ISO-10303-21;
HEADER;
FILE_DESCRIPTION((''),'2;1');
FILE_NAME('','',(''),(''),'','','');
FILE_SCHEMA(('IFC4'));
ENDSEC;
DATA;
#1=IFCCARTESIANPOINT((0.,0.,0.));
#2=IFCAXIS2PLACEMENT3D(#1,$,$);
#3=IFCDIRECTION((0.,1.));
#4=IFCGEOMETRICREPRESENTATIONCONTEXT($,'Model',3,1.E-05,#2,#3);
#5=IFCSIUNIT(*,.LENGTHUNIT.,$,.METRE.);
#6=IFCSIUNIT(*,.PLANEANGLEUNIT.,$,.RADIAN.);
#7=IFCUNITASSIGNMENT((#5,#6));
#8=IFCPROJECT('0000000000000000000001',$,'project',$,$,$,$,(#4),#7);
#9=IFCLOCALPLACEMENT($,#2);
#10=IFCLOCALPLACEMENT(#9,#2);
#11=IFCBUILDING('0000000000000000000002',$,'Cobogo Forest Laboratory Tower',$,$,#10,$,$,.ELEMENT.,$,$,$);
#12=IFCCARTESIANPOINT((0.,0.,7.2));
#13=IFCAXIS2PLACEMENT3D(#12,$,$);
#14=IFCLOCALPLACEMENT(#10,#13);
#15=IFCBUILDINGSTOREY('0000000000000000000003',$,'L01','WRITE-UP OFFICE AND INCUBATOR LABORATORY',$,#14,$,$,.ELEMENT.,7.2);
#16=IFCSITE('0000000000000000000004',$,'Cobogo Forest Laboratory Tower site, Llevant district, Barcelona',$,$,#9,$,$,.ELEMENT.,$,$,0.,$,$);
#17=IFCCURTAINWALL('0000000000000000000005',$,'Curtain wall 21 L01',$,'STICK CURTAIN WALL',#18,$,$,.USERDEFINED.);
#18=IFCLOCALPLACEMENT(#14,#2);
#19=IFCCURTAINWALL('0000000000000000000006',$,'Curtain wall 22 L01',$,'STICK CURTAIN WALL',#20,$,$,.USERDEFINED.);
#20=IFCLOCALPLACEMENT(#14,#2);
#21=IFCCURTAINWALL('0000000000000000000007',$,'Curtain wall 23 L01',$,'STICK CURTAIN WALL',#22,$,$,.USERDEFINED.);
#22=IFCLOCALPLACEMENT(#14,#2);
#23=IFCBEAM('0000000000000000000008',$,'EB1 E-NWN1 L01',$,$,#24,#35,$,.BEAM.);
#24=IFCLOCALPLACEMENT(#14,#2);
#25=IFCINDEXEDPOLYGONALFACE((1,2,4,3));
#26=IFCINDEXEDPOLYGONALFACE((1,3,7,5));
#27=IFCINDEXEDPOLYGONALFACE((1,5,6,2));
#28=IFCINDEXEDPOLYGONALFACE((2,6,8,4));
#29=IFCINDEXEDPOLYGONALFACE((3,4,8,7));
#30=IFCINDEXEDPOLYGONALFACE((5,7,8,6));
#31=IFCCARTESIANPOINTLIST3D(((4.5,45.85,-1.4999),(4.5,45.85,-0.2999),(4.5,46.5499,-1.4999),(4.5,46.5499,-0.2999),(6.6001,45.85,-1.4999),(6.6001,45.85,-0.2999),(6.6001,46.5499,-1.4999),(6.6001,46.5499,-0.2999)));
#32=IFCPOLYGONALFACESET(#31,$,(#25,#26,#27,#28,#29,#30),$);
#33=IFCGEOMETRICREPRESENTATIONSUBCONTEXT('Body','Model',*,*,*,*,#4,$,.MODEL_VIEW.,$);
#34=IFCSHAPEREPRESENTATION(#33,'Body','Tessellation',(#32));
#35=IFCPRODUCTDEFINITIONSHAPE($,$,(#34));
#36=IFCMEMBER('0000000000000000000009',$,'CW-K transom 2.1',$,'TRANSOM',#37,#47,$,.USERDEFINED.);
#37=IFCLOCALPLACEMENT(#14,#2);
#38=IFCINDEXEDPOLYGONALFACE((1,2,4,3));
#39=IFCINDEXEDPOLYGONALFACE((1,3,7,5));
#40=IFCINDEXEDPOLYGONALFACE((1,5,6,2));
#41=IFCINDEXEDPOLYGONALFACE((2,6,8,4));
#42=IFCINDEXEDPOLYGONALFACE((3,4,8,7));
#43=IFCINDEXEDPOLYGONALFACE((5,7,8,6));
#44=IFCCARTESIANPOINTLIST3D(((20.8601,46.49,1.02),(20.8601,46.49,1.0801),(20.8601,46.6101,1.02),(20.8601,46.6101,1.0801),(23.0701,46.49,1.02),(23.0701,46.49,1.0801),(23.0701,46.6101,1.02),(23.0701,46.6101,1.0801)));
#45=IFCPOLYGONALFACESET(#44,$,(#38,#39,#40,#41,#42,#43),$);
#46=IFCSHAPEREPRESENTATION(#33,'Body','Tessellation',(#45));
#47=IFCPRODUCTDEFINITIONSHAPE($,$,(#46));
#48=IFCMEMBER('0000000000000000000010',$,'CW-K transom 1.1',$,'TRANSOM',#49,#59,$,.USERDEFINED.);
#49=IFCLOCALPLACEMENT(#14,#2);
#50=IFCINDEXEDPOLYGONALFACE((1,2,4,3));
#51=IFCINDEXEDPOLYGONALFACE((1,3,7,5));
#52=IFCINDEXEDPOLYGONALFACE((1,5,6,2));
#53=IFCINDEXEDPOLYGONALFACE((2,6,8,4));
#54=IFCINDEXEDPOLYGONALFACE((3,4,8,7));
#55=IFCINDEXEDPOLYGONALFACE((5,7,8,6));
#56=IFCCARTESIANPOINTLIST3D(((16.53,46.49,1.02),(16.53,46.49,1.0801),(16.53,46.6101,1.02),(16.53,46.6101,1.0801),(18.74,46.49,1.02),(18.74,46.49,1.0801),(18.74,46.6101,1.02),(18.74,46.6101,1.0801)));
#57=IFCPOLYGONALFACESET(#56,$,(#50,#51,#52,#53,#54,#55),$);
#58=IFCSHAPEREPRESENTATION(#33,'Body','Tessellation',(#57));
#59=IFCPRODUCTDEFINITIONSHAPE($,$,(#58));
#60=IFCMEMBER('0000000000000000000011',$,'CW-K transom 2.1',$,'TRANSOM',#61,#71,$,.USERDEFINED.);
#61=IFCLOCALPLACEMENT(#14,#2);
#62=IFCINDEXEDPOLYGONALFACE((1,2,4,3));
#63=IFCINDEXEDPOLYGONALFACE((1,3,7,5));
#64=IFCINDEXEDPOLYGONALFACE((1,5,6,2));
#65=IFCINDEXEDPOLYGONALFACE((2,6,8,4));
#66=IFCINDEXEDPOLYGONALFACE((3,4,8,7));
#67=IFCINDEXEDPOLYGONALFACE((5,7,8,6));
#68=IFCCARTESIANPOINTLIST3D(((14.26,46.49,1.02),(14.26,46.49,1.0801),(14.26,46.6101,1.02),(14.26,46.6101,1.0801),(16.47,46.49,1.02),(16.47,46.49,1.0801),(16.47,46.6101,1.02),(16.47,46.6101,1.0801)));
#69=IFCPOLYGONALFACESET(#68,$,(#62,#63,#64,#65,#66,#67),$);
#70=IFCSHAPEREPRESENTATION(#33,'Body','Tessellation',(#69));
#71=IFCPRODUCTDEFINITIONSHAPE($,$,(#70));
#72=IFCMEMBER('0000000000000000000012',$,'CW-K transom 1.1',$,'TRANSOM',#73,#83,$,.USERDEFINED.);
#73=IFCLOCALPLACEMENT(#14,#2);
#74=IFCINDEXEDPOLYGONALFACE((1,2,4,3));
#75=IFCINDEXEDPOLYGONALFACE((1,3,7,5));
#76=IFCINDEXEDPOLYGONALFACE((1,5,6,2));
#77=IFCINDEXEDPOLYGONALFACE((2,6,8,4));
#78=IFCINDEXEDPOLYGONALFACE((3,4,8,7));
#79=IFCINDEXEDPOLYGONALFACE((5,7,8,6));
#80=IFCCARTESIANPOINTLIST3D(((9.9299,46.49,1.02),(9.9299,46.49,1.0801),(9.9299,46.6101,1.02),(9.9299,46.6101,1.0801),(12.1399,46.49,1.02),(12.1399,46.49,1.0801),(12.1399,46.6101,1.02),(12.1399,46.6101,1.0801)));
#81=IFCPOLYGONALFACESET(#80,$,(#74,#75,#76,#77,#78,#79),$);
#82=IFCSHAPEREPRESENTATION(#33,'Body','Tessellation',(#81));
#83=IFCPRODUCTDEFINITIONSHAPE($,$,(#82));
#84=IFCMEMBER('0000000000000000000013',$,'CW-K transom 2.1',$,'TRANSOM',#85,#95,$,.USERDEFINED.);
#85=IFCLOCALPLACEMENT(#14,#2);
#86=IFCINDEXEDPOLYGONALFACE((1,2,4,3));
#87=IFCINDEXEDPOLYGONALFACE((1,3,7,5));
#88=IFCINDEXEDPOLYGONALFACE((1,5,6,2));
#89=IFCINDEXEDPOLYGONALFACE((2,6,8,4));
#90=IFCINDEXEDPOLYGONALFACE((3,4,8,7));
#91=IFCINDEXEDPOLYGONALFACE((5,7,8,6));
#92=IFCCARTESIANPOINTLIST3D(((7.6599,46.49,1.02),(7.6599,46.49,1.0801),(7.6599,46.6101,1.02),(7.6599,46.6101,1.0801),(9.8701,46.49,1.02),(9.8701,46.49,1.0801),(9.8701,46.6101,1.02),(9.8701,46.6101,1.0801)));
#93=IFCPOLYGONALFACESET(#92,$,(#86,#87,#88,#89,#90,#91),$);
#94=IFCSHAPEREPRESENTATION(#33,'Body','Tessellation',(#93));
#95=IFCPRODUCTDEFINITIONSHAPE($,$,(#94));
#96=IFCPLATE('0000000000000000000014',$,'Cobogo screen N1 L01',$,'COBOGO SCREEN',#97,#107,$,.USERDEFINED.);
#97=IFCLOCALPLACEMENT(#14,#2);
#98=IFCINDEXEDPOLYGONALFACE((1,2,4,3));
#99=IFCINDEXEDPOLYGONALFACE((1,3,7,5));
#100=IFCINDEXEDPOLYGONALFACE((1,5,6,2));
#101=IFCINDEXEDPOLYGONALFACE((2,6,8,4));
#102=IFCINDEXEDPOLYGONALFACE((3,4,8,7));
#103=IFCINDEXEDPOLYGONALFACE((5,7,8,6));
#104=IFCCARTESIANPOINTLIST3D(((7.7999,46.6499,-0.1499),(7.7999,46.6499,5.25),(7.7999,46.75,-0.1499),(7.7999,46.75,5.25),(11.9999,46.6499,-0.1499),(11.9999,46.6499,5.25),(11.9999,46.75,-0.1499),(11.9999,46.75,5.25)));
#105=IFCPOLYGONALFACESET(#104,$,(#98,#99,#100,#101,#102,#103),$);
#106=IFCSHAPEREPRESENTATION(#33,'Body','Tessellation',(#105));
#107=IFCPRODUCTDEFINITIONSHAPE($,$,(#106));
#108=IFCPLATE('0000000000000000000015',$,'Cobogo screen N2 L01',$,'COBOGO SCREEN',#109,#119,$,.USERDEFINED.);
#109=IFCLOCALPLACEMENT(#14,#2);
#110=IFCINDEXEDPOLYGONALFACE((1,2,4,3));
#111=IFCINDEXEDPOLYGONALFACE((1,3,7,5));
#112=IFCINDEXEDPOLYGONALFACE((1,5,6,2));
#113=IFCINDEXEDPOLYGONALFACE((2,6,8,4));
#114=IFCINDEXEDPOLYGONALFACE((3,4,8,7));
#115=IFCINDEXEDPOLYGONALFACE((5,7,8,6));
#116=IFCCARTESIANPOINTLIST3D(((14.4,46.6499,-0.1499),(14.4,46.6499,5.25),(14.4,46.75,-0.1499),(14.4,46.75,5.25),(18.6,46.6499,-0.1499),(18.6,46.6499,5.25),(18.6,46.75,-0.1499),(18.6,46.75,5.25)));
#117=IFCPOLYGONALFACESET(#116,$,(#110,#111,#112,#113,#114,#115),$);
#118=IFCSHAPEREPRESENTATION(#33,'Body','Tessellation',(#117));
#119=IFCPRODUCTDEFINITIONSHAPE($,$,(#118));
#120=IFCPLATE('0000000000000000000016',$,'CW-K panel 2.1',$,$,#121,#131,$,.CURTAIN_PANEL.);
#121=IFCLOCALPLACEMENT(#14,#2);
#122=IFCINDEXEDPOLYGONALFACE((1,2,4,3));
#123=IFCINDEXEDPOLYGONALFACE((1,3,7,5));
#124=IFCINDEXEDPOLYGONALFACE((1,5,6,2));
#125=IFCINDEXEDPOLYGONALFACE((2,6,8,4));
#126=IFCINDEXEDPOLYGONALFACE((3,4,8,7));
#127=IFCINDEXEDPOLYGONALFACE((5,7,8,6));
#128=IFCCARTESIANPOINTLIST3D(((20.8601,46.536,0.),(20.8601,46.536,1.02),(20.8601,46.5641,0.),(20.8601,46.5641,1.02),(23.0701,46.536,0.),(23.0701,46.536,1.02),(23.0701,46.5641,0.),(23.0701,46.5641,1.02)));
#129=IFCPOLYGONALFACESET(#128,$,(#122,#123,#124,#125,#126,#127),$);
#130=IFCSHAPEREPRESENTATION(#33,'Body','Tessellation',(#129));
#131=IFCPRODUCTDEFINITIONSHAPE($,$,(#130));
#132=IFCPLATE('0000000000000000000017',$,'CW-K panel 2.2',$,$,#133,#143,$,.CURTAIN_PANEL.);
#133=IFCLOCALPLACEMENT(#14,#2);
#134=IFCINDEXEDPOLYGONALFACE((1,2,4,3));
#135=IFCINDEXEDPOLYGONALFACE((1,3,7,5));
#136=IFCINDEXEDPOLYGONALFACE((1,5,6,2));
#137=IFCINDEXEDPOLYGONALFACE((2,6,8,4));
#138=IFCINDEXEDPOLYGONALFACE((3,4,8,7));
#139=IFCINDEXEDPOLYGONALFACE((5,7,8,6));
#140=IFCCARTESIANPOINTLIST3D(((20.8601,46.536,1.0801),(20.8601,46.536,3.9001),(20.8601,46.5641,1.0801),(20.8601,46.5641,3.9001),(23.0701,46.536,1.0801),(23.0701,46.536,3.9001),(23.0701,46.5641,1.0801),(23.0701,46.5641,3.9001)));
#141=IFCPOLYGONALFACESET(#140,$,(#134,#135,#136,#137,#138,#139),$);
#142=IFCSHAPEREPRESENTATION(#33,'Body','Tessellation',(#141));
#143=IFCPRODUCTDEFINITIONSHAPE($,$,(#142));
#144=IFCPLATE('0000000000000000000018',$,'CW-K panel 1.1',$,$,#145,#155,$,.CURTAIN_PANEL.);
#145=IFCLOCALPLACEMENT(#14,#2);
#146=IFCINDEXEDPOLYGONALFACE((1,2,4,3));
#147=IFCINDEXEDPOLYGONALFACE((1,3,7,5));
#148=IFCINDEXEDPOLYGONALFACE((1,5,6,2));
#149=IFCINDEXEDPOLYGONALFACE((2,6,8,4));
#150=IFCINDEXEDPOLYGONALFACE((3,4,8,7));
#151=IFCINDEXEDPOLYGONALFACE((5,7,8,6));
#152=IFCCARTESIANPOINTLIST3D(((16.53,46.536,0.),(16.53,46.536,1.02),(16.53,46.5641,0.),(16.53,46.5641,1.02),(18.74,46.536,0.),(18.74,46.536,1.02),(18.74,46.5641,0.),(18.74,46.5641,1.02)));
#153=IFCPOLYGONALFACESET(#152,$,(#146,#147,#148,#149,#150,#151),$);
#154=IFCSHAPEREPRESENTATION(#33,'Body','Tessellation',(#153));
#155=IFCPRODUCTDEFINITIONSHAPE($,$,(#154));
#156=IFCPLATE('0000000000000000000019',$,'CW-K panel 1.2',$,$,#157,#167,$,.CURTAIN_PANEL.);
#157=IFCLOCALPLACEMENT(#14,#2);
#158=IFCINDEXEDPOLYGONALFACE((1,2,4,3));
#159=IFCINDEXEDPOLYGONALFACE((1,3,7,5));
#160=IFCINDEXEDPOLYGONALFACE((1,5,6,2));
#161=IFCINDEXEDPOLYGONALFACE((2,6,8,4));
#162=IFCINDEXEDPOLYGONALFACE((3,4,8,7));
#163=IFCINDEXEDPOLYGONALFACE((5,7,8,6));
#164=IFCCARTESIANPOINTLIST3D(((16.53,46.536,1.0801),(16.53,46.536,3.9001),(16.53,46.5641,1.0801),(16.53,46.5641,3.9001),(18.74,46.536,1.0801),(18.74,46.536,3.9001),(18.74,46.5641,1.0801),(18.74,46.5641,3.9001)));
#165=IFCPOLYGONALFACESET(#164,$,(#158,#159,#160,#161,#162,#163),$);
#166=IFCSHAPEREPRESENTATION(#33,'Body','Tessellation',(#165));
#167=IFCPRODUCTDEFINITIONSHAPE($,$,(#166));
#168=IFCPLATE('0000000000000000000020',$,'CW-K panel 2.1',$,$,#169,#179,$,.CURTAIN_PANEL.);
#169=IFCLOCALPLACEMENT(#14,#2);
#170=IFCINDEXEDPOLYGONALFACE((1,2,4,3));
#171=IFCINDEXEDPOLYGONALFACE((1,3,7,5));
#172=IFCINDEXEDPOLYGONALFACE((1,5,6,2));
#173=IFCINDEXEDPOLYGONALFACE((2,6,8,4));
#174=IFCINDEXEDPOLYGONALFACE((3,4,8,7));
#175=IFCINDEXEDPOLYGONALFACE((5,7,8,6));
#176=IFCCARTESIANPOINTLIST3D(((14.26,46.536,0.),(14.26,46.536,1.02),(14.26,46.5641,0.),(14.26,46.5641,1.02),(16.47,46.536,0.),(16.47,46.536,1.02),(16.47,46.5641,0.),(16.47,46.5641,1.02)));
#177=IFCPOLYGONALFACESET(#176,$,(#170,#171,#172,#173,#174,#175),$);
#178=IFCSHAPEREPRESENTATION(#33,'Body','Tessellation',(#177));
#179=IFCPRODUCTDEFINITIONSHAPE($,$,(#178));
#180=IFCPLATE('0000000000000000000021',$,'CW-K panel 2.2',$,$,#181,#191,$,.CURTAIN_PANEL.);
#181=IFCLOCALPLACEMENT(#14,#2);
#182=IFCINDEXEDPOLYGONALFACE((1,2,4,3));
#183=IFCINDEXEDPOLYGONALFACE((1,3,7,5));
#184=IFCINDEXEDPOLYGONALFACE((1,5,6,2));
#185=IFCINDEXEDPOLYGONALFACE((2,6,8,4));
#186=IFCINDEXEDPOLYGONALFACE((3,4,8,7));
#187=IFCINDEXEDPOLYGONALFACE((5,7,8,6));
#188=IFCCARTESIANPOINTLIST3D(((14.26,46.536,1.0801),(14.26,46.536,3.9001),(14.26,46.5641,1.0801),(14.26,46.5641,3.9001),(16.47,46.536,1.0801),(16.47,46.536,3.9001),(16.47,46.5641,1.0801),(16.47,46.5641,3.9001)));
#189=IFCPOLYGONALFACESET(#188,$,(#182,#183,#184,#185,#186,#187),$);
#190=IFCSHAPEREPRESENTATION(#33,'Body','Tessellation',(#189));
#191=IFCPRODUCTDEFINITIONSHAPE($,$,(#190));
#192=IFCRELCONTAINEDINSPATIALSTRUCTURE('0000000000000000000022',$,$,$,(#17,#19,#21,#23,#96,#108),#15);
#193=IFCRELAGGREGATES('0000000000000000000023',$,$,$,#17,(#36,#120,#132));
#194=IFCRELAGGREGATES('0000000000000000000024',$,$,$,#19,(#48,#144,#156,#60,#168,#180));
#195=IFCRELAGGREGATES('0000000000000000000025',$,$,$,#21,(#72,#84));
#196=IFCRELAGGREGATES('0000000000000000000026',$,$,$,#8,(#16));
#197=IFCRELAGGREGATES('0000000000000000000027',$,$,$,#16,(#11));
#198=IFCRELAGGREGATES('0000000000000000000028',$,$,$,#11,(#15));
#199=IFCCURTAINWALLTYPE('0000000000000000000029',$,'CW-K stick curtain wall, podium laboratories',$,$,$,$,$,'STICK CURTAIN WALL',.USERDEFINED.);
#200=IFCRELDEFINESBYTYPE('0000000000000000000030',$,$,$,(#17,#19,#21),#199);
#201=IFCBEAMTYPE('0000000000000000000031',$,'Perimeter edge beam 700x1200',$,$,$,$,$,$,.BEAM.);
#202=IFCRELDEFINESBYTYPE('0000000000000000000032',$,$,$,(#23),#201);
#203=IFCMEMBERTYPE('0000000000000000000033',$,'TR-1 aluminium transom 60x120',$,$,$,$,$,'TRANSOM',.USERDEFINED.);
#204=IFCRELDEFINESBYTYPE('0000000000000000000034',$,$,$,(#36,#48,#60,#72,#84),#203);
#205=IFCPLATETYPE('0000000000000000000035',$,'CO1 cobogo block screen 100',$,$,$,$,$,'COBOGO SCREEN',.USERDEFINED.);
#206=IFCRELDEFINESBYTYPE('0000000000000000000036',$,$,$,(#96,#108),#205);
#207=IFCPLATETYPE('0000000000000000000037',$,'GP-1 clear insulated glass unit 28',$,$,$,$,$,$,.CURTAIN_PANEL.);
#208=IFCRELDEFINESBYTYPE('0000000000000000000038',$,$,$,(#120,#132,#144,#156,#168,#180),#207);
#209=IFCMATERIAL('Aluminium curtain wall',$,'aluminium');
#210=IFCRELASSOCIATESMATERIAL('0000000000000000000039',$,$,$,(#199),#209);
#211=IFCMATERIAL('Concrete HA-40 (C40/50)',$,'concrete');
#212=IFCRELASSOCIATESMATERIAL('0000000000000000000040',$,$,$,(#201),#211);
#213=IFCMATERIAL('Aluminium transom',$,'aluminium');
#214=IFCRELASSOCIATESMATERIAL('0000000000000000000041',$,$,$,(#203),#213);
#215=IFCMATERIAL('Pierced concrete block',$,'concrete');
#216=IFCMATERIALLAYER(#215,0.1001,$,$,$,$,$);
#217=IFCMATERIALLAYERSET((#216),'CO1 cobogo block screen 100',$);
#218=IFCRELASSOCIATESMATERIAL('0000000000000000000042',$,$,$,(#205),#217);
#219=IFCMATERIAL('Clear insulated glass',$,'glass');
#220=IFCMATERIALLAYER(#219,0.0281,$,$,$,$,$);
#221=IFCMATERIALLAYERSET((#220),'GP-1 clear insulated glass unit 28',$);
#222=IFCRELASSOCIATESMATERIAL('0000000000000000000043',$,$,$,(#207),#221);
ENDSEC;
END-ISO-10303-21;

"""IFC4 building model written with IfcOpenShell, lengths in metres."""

from ifc_helpers import new_model, si_unit, direction, frame, origin, origin_2d, place, context, subcontext, project, spatial, rectangle, extrude, material, layer, layer_set, material_profile, profile_set, type_object, element, aggregate, save


model = new_model("IFC4")

# Units and contexts
model_context = context("Model", 3, precision=1e-05, world=origin(), true_north=direction((0.0, 1.0)))
body_context = subcontext(model_context, "Body", "Model", "MODEL_VIEW")
ifc_project = project(units=[si_unit("LENGTHUNIT", "METRE"), si_unit("PLANEANGLEUNIT", "RADIAN")], contexts=[model_context])

# Site, building, storey
site_placement = place(None, origin())
site = spatial("IfcSite", under=ifc_project, at=site_placement, Name="Cobogo Forest Laboratory Tower site, Llevant district, Barcelona", CompositionType="ELEMENT", RefElevation=0.0)
building_placement = place(site_placement, origin())
building = spatial("IfcBuilding", under=site, at=building_placement, Name="Cobogo Forest Laboratory Tower", CompositionType="ELEMENT")
storey_placement = place(building_placement, frame((0.0, 0.0, 7.2)))
storey = spatial("IfcBuildingStorey", under=building, at=storey_placement, Name="L01", Description="WRITE-UP OFFICE AND INCUBATOR LABORATORY", CompositionType="ELEMENT", Elevation=7.2)

# Curtain walls
ifc_material_1 = material(Name="Aluminium curtain wall", Category="aluminium")
curtain_wall_type = type_object("IfcCurtainWallType", Name="CW-K stick curtain wall, podium laboratories", ElementType="STICK CURTAIN WALL", PredefinedType="USERDEFINED", material=ifc_material_1)
curtain_wall_1_placement = place(storey_placement, origin())
curtain_wall_1 = element("IfcCurtainWall", 1, at=curtain_wall_1_placement, inside=storey, type_object=curtain_wall_type, Name="Curtain wall 21 L01", ObjectType="STICK CURTAIN WALL", PredefinedType="USERDEFINED")
curtain_wall_2_placement = place(storey_placement, origin())
curtain_wall_2 = element("IfcCurtainWall", 2, at=curtain_wall_2_placement, inside=storey, type_object=curtain_wall_type, Name="Curtain wall 22 L01", ObjectType="STICK CURTAIN WALL", PredefinedType="USERDEFINED")
curtain_wall_3_placement = place(storey_placement, origin())
curtain_wall_3 = element("IfcCurtainWall", 3, at=curtain_wall_3_placement, inside=storey, type_object=curtain_wall_type, Name="Curtain wall 23 L01", ObjectType="STICK CURTAIN WALL", PredefinedType="USERDEFINED")

# Beam
ifc_material_2 = material(Name="Concrete HA-40 (C40/50)", Category="concrete")
ifc_material_profile_1 = material_profile(ifc_material_2, rectangle(XDim=0.7, YDim=1.2, at=origin_2d()), Name="RC 700x1200")
ifc_profile_set_1 = profile_set([ifc_material_profile_1], Name="Concrete HA-40 (C40/50)")
beam_type = type_object("IfcBeamType", Name="Perimeter edge beam 700x1200", PredefinedType="BEAM", material=ifc_profile_set_1)
beam_1_placement = place(storey_placement, frame((6.6001, 46.2, -0.8999), z_axis=(-1.0, 0.0, 0.0), x_axis=(0.0, -1.0, 0.0)))
element("IfcBeam", 4, at=beam_1_placement, inside=storey, type_object=beam_type, Name="EB1 E-NWN1 L01", PredefinedType="BEAM", context=body_context, shape_type="SweptSolid", body=[
    extrude(rectangle(XDim=0.7, YDim=1.2, at=origin_2d()), origin(), (0.0, 0.0, 1.0), 2.1001),
])

# Members
ifc_material_3 = material(Name="Aluminium transom", Category="aluminium")
ifc_material_profile_2 = material_profile(ifc_material_3, rectangle(XDim=0.1201, YDim=0.0601, at=origin_2d()), Name="AL 60x120")
ifc_profile_set_2 = profile_set([ifc_material_profile_2], Name="Aluminium transom")
member_type_1 = type_object("IfcMemberType", Name="TR-1 aluminium transom 60x120", ElementType="TRANSOM", PredefinedType="USERDEFINED", material=ifc_profile_set_2)
member_1_placement = place(storey_placement, frame((23.0701, 46.55, 1.05), z_axis=(-1.0, 0.0, 0.0), x_axis=(0.0, -1.0, 0.0)))
member_1 = element("IfcMember", 5, at=member_1_placement, type_object=member_type_1, Name="CW-K transom 2.1", ObjectType="TRANSOM", PredefinedType="USERDEFINED", context=body_context, shape_type="SweptSolid", body=[
    extrude(rectangle(XDim=0.1201, YDim=0.0601, at=origin_2d()), origin(), (0.0, 0.0, 1.0), 2.21),
])
member_2_placement = place(storey_placement, frame((18.74, 46.55, 1.05), z_axis=(-1.0, 0.0, 0.0), x_axis=(0.0, -1.0, 0.0)))
member_2 = element("IfcMember", 6, at=member_2_placement, type_object=member_type_1, Name="CW-K transom 1.1", ObjectType="TRANSOM", PredefinedType="USERDEFINED", context=body_context, shape_type="SweptSolid", body=[
    extrude(rectangle(XDim=0.1201, YDim=0.0601, at=origin_2d()), origin(), (0.0, 0.0, 1.0), 2.21),
])
member_3_placement = place(storey_placement, frame((16.47, 46.55, 1.05), z_axis=(-1.0, 0.0, 0.0), x_axis=(0.0, -1.0, 0.0)))
member_3 = element("IfcMember", 7, at=member_3_placement, type_object=member_type_1, Name="CW-K transom 2.1", ObjectType="TRANSOM", PredefinedType="USERDEFINED", context=body_context, shape_type="SweptSolid", body=[
    extrude(rectangle(XDim=0.1201, YDim=0.0601, at=origin_2d()), origin(), (0.0, 0.0, 1.0), 2.21),
])
member_4_placement = place(storey_placement, frame((12.1399, 46.55, 1.05), z_axis=(-1.0, 0.0, 0.0), x_axis=(0.0, -1.0, 0.0)))
member_4 = element("IfcMember", 8, at=member_4_placement, type_object=member_type_1, Name="CW-K transom 1.1", ObjectType="TRANSOM", PredefinedType="USERDEFINED", context=body_context, shape_type="SweptSolid", body=[
    extrude(rectangle(XDim=0.1201, YDim=0.0601, at=origin_2d()), origin(), (0.0, 0.0, 1.0), 2.21),
])
member_5_placement = place(storey_placement, frame((9.8701, 46.55, 1.05), z_axis=(-1.0, 0.0, 0.0), x_axis=(0.0, -1.0, 0.0)))
member_5 = element("IfcMember", 9, at=member_5_placement, type_object=member_type_1, Name="CW-K transom 2.1", ObjectType="TRANSOM", PredefinedType="USERDEFINED", context=body_context, shape_type="SweptSolid", body=[
    extrude(rectangle(XDim=0.1201, YDim=0.0601, at=origin_2d()), origin(), (0.0, 0.0, 1.0), 2.2102),
])

# Plates
ifc_material_4 = material(Name="Pierced concrete block", Category="concrete")
ifc_layer_1 = layer(ifc_material_4, 0.1001)
ifc_layer_set_1 = layer_set([ifc_layer_1], Name="CO1 cobogo block screen 100")
plate_type_1 = type_object("IfcPlateType", Name="CO1 cobogo block screen 100", ElementType="COBOGO SCREEN", PredefinedType="USERDEFINED", material=ifc_layer_set_1)
for number, where, z_axis, x_axis, name in (
    (10, (9.8999, 46.7, -0.1499), (0.0, 0.0, 1.0), (1.0, 0.0, 0.0), "Cobogo screen N1 L01"),
    (11, (16.5, 46.7, -0.1499), (0.0, 0.0, 1.0), (1.0, 0.0, 0.0), "Cobogo screen N2 L01"),
):
    element("IfcPlate", number, at=place(storey_placement, frame(where, z_axis=z_axis, x_axis=x_axis)), inside=storey, type_object=plate_type_1, Name=name, ObjectType="COBOGO SCREEN", PredefinedType="USERDEFINED", context=body_context, shape_type="SweptSolid", body=[
        extrude(rectangle(XDim=4.2, YDim=0.1001, at=origin_2d()), origin(), (0.0, 0.0, 1.0), 5.3999),
    ])

# Plates
ifc_material_5 = material(Name="Clear insulated glass", Category="glass")
ifc_layer_2 = layer(ifc_material_5, 0.0281)
ifc_layer_set_2 = layer_set([ifc_layer_2], Name="GP-1 clear insulated glass unit 28")
plate_type_2 = type_object("IfcPlateType", Name="GP-1 clear insulated glass unit 28", PredefinedType="CURTAIN_PANEL", material=ifc_layer_set_2)
plate_1_placement = place(storey_placement, frame((21.9651, 46.55, 0.0), z_axis=(0.0, 0.0, 1.0), x_axis=(-1.0, 0.0, 0.0)))
plate_1 = element("IfcPlate", 12, at=plate_1_placement, type_object=plate_type_2, Name="CW-K panel 2.1", PredefinedType="CURTAIN_PANEL", context=body_context, shape_type="SweptSolid", body=[
    extrude(rectangle(XDim=2.21, YDim=0.0281, at=origin_2d()), origin(), (0.0, 0.0, 1.0), 1.02),
])
plate_2_placement = place(storey_placement, frame((21.9651, 46.55, 1.0801), z_axis=(0.0, 0.0, 1.0), x_axis=(-1.0, 0.0, 0.0)))
plate_2 = element("IfcPlate", 13, at=plate_2_placement, type_object=plate_type_2, Name="CW-K panel 2.2", PredefinedType="CURTAIN_PANEL", context=body_context, shape_type="SweptSolid", body=[
    extrude(rectangle(XDim=2.21, YDim=0.0281, at=origin_2d()), origin(), (0.0, 0.0, 1.0), 2.8201),
])
aggregate(curtain_wall_1, [member_1, plate_1, plate_2])
plate_3_placement = place(storey_placement, frame((17.635, 46.55, 0.0), z_axis=(0.0, 0.0, 1.0), x_axis=(-1.0, 0.0, 0.0)))
plate_3 = element("IfcPlate", 14, at=plate_3_placement, type_object=plate_type_2, Name="CW-K panel 1.1", PredefinedType="CURTAIN_PANEL", context=body_context, shape_type="SweptSolid", body=[
    extrude(rectangle(XDim=2.21, YDim=0.0281, at=origin_2d()), origin(), (0.0, 0.0, 1.0), 1.02),
])
plate_4_placement = place(storey_placement, frame((17.635, 46.55, 1.0801), z_axis=(0.0, 0.0, 1.0), x_axis=(-1.0, 0.0, 0.0)))
plate_4 = element("IfcPlate", 15, at=plate_4_placement, type_object=plate_type_2, Name="CW-K panel 1.2", PredefinedType="CURTAIN_PANEL", context=body_context, shape_type="SweptSolid", body=[
    extrude(rectangle(XDim=2.21, YDim=0.0281, at=origin_2d()), origin(), (0.0, 0.0, 1.0), 2.8201),
])
plate_5_placement = place(storey_placement, frame((15.365, 46.55, 0.0), z_axis=(0.0, 0.0, 1.0), x_axis=(-1.0, 0.0, 0.0)))
plate_5 = element("IfcPlate", 16, at=plate_5_placement, type_object=plate_type_2, Name="CW-K panel 2.1", PredefinedType="CURTAIN_PANEL", context=body_context, shape_type="SweptSolid", body=[
    extrude(rectangle(XDim=2.21, YDim=0.0281, at=origin_2d()), origin(), (0.0, 0.0, 1.0), 1.02),
])
plate_6_placement = place(storey_placement, frame((15.365, 46.55, 1.0801), z_axis=(0.0, 0.0, 1.0), x_axis=(-1.0, 0.0, 0.0)))
plate_6 = element("IfcPlate", 17, at=plate_6_placement, type_object=plate_type_2, Name="CW-K panel 2.2", PredefinedType="CURTAIN_PANEL", context=body_context, shape_type="SweptSolid", body=[
    extrude(rectangle(XDim=2.21, YDim=0.0281, at=origin_2d()), origin(), (0.0, 0.0, 1.0), 2.8201),
])
aggregate(curtain_wall_2, [member_2, plate_3, plate_4, member_3, plate_5, plate_6])
aggregate(curtain_wall_3, [member_4, member_5])

save(model, "model.ifc")
